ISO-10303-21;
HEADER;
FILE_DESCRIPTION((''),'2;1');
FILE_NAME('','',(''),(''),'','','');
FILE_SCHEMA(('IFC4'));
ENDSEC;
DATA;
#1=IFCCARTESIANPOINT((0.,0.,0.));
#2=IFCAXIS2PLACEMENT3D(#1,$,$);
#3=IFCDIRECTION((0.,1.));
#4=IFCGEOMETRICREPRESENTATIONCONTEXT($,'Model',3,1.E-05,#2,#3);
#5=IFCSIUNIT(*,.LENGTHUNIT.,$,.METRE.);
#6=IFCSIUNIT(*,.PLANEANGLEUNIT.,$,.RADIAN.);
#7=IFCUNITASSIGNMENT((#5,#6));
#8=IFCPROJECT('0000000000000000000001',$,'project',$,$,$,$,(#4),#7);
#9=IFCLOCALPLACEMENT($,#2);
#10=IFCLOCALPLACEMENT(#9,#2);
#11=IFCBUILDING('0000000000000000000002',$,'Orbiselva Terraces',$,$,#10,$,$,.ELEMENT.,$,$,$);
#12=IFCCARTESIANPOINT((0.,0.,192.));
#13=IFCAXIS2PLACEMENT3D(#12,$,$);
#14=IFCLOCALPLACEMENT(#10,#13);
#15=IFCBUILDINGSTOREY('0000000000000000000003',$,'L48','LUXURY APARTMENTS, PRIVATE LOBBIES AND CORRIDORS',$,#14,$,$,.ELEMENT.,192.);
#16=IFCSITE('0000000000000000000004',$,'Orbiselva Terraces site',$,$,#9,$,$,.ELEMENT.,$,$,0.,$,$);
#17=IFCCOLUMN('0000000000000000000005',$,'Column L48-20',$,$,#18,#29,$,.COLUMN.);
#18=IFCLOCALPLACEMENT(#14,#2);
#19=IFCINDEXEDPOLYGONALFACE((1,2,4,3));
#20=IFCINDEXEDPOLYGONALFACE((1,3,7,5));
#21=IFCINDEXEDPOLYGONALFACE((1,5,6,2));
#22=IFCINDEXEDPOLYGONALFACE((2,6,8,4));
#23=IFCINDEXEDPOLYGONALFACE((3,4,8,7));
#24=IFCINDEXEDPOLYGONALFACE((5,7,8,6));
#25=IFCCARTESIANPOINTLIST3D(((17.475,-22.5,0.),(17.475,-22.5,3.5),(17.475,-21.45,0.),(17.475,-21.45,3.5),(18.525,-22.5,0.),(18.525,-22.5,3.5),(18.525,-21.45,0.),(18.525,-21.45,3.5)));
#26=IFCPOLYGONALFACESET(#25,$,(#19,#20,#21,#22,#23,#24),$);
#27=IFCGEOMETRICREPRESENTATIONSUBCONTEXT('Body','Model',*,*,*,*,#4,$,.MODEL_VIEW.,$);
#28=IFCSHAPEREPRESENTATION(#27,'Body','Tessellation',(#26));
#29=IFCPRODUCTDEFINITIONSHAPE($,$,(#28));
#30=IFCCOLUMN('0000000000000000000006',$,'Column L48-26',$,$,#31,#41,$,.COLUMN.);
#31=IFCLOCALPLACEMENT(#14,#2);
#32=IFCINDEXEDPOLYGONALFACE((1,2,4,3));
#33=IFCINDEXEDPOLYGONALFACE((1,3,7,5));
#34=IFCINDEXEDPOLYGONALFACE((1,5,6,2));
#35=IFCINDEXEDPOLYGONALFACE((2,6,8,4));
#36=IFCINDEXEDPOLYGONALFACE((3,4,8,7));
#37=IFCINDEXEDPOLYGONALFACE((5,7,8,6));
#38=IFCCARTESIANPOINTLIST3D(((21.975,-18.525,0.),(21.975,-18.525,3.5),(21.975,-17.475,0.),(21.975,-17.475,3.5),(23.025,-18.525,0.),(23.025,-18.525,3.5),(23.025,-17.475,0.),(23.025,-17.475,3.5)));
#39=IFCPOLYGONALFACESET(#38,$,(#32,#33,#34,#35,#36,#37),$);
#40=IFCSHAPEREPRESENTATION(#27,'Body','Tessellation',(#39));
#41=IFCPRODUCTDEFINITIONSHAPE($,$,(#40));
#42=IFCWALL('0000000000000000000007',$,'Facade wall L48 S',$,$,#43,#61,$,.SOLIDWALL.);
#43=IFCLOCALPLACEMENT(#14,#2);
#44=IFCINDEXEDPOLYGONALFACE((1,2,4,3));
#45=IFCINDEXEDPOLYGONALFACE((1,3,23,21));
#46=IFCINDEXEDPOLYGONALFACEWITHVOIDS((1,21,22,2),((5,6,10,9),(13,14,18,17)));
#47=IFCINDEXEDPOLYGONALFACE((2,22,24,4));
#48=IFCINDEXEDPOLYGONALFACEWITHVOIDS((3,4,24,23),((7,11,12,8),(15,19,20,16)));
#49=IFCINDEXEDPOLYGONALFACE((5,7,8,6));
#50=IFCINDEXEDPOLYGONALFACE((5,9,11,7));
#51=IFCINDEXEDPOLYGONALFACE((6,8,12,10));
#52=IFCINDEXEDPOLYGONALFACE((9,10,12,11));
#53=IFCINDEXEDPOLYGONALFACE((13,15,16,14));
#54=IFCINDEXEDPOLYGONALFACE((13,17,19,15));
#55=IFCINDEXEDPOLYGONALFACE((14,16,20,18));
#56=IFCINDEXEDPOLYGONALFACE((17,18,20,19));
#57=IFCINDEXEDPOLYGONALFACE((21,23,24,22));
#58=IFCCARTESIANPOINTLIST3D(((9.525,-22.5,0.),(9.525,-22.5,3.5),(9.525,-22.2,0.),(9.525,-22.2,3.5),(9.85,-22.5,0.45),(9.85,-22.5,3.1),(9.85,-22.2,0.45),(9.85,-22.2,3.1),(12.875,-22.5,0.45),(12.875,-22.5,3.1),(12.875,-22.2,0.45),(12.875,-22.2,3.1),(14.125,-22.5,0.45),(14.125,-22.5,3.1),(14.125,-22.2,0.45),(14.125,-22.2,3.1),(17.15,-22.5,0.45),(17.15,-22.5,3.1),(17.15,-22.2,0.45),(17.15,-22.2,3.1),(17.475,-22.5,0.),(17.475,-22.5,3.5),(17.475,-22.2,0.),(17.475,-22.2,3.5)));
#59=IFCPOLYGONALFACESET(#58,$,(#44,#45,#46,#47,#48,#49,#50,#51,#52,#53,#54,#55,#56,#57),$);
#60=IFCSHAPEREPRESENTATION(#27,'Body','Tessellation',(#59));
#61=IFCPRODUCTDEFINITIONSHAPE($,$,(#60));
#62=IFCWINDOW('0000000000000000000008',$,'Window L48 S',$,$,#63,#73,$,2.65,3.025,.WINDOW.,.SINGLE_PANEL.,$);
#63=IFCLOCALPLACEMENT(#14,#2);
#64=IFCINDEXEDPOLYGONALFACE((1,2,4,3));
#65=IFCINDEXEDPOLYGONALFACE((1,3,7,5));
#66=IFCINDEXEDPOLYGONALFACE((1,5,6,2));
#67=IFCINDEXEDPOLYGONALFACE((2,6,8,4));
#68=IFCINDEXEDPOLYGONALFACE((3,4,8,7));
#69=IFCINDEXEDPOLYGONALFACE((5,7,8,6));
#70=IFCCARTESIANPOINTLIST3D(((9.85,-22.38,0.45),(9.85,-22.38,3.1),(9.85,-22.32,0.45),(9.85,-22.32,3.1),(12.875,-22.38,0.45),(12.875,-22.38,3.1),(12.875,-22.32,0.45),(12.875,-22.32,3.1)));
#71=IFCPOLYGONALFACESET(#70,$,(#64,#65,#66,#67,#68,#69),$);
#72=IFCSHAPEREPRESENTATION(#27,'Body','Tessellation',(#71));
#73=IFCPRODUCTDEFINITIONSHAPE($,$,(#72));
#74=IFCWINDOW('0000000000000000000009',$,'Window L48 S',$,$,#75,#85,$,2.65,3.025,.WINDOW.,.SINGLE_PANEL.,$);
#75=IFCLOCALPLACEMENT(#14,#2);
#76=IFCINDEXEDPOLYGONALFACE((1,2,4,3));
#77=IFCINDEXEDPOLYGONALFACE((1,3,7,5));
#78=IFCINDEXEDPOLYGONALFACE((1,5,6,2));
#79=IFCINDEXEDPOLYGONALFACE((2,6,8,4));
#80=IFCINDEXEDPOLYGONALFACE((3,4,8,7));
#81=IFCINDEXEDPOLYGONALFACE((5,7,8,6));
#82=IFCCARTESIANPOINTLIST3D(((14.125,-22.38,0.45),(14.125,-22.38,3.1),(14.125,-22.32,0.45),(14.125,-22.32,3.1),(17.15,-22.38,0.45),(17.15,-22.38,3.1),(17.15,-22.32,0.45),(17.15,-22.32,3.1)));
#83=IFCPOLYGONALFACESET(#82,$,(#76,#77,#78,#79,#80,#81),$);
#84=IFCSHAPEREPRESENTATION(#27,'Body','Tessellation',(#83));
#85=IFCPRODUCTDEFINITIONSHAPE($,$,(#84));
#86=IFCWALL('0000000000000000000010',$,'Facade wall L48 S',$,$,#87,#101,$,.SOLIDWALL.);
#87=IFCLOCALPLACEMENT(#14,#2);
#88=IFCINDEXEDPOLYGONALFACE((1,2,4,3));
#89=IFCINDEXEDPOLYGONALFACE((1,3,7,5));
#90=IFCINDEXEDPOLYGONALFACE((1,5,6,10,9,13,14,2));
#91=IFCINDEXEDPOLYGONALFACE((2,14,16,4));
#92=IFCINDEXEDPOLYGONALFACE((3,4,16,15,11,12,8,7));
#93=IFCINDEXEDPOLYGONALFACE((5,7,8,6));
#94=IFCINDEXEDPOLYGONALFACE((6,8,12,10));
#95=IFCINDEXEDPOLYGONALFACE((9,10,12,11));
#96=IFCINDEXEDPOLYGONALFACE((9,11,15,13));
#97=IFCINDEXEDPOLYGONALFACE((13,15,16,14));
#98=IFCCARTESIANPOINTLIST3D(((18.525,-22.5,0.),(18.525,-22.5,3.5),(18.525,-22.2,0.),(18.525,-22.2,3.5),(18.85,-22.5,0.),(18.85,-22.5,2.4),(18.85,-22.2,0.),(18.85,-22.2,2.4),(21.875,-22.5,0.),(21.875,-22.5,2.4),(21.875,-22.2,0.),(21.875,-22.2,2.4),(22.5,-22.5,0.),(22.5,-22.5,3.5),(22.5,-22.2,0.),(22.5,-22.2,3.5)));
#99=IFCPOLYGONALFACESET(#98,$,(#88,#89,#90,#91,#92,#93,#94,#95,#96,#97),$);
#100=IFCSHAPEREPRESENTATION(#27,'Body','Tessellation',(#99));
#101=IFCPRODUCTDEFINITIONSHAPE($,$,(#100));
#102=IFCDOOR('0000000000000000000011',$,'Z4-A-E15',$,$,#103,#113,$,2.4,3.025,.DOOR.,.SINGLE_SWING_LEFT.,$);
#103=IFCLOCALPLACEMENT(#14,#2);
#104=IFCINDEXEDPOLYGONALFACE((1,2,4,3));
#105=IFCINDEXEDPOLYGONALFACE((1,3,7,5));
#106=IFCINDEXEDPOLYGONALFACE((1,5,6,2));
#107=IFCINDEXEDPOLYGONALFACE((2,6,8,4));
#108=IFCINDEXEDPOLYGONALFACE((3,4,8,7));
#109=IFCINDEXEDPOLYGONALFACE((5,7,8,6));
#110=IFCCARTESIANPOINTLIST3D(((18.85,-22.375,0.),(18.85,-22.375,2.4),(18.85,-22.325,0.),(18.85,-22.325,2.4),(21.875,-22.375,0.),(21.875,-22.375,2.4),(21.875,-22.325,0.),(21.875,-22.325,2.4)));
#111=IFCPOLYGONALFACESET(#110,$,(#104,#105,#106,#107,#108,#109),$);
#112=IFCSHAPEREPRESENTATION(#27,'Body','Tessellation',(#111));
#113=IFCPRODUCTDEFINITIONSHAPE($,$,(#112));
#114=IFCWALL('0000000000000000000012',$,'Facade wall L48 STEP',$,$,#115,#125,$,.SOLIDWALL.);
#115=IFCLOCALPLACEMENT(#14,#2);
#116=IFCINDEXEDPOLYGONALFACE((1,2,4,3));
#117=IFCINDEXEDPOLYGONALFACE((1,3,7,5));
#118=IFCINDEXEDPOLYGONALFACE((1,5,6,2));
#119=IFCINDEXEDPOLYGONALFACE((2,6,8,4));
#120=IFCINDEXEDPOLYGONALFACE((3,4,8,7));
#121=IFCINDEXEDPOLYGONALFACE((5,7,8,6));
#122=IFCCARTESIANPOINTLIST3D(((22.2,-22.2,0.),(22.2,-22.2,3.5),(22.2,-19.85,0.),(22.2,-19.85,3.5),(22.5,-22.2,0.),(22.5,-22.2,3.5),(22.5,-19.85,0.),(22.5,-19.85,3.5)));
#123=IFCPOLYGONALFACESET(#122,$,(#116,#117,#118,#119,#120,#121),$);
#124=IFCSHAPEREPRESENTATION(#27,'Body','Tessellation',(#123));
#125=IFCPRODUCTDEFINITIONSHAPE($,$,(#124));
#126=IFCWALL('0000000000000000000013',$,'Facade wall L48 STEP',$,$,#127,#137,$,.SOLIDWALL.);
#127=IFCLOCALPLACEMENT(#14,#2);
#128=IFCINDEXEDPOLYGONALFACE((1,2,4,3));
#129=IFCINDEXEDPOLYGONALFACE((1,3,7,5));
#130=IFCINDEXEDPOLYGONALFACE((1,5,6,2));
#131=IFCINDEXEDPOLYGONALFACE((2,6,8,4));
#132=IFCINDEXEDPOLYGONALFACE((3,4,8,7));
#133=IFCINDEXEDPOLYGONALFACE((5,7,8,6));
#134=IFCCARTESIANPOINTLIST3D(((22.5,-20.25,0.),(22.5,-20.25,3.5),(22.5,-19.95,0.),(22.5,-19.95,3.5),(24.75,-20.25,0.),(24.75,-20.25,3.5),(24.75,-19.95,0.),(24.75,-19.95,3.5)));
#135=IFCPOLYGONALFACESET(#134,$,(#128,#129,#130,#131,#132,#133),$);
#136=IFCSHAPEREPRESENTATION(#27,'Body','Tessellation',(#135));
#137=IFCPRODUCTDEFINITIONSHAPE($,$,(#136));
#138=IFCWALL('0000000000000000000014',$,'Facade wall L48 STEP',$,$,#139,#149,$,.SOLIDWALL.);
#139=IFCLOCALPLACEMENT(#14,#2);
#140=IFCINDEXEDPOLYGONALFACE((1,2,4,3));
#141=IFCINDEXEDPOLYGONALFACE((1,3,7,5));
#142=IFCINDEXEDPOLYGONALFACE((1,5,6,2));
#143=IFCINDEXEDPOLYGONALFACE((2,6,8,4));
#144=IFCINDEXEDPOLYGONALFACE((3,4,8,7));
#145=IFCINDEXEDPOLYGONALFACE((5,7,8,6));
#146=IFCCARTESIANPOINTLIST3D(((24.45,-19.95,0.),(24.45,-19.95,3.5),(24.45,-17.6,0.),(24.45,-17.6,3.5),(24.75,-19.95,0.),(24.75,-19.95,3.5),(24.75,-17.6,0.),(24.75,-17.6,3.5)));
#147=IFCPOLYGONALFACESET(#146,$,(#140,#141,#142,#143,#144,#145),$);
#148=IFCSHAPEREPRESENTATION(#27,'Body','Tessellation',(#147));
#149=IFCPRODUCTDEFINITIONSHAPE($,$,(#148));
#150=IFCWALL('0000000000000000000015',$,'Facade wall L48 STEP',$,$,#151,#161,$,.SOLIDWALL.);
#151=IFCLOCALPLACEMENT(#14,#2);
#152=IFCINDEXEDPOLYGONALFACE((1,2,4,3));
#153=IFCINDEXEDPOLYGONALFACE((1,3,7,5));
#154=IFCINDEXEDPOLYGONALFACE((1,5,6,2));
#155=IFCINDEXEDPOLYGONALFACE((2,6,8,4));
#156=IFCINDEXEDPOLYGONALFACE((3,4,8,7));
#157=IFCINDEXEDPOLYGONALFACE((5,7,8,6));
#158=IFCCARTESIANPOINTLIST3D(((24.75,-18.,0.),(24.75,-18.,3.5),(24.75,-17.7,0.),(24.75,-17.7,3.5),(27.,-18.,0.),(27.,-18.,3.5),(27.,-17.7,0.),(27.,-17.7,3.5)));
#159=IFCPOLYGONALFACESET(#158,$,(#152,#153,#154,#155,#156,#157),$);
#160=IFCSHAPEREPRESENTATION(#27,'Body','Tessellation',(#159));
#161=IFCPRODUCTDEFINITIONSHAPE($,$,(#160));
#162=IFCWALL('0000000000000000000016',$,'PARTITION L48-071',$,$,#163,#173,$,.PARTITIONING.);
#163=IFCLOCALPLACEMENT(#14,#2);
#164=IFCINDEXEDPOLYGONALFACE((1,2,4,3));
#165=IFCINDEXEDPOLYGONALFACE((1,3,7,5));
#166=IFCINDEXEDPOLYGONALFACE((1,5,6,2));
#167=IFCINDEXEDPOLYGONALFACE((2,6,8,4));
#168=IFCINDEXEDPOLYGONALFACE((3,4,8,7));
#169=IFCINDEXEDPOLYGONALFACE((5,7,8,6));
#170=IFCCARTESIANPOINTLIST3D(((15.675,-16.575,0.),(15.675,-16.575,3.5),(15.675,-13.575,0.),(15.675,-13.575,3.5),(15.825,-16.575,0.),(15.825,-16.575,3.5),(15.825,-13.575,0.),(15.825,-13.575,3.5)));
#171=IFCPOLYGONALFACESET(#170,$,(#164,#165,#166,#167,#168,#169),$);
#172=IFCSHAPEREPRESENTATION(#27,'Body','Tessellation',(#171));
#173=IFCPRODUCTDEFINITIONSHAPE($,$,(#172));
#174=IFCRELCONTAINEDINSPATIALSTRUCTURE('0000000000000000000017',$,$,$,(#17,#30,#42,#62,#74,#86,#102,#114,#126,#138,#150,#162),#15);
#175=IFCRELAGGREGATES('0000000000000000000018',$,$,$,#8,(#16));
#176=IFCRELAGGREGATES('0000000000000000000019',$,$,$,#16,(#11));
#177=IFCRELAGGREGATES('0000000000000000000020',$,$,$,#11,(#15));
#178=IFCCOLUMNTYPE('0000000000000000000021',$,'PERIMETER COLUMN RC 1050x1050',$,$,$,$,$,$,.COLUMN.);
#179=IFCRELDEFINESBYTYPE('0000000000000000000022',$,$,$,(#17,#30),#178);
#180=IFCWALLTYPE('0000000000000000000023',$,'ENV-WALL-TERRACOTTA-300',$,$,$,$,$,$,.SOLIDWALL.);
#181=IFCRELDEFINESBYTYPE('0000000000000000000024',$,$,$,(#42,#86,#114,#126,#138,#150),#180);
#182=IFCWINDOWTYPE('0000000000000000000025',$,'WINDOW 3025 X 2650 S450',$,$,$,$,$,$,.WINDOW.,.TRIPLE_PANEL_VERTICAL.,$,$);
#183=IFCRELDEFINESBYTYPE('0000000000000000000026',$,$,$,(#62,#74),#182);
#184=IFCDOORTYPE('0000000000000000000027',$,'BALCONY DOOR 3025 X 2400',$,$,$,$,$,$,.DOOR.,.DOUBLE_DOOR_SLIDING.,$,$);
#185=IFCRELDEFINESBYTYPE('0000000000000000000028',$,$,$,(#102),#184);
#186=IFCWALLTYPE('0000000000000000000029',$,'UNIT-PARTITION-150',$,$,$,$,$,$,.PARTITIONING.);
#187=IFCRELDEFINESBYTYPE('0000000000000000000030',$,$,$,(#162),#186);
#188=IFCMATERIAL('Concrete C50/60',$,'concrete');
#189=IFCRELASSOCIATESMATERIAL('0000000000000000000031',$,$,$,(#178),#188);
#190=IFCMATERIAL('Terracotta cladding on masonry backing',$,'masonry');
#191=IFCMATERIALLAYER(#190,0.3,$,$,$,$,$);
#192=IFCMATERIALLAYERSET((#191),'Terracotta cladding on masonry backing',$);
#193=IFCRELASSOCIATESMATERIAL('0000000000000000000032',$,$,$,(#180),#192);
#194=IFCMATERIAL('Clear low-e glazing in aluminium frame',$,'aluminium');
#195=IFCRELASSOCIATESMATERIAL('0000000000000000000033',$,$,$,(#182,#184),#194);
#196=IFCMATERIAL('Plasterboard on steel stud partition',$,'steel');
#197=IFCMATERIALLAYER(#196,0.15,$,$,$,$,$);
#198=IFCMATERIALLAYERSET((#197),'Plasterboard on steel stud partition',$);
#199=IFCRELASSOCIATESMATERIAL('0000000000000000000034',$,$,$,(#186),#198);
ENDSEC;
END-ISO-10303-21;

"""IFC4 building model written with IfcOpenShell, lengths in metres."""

from ifc_helpers import new_model, si_unit, direction, frame, frame_2d, origin, origin_2d, place, context, subcontext, project, spatial, rectangle, extrude, material, layer, layer_set, material_profile, profile_set, type_object, element, fill, save


model = new_model("IFC4")

# Units and contexts
model_context = context("Model", 3, precision=1e-05, world=origin(), true_north=direction((0.0, 1.0)))
body_context = subcontext(model_context, "Body", "Model", "MODEL_VIEW")
ifc_project = project(units=[si_unit("LENGTHUNIT", "METRE"), si_unit("PLANEANGLEUNIT", "RADIAN")], contexts=[model_context])

# Site, building, storey
site_placement = place(None, origin())
site = spatial("IfcSite", under=ifc_project, at=site_placement, Name="Orbiselva Terraces site", CompositionType="ELEMENT", RefElevation=0.0)
building_placement = place(site_placement, origin())
building = spatial("IfcBuilding", under=site, at=building_placement, Name="Orbiselva Terraces", CompositionType="ELEMENT")
storey_placement = place(building_placement, frame((0.0, 0.0, 192.0)))
storey = spatial("IfcBuildingStorey", under=building, at=storey_placement, Name="L48", Description="LUXURY APARTMENTS, PRIVATE LOBBIES AND CORRIDORS", CompositionType="ELEMENT", Elevation=192.0)

# Columns
ifc_material_1 = material(Name="Concrete C50/60", Category="concrete")
ifc_material_profile = material_profile(ifc_material_1, rectangle(XDim=1.05, YDim=1.05, at=origin_2d()), Name="RC 1050x1050")
ifc_profile_set = profile_set([ifc_material_profile], Name="Concrete C50/60")
column_type = type_object("IfcColumnType", Name="PERIMETER COLUMN RC 1050x1050", PredefinedType="COLUMN", material=ifc_profile_set)
for number, where, z_axis, x_axis, name in (
    (1, (18.0, -21.975, 0.0), (0.0, 0.0, 1.0), (1.0, 0.0, 0.0), "Column L48-20"),
    (2, (22.5, -18.0, 0.0), (0.0, 0.0, 1.0), (1.0, 0.0, 0.0), "Column L48-26"),
):
    element("IfcColumn", number, at=place(storey_placement, frame(where, z_axis=z_axis, x_axis=x_axis)), inside=storey, type_object=column_type, Name=name, PredefinedType="COLUMN", context=body_context, shape_type="SweptSolid", body=[
        extrude(rectangle(XDim=1.05, YDim=1.05, at=origin_2d()), origin(), (0.0, 0.0, 1.0), 3.5),
    ])

# Wall, openings, windows
ifc_material_2 = material(Name="Terracotta cladding on masonry backing", Category="masonry")
ifc_layer_1 = layer(ifc_material_2, 0.3)
ifc_layer_set_1 = layer_set([ifc_layer_1], Name="Terracotta cladding on masonry backing")
wall_type_1 = type_object("IfcWallType", Name="ENV-WALL-TERRACOTTA-300", PredefinedType="SOLIDWALL", material=ifc_layer_set_1)
wall_1_placement = place(storey_placement, frame((17.475, -22.35, 0.0), z_axis=(0.0, 0.0, 1.0), x_axis=(-1.0, 0.0, 0.0)))
wall_1 = element("IfcWall", 3, at=wall_1_placement, inside=storey, type_object=wall_type_1, Name="Facade wall L48 S", PredefinedType="SOLIDWALL", context=body_context, shape_type="SweptSolid", body=[
    extrude(rectangle(XDim=7.95, YDim=0.3, at=frame_2d((3.975, 0.0))), origin(), (0.0, 0.0, 1.0), 3.5),
])
opening_1_placement = place(wall_1_placement, frame((4.6, 0.0, 0.45)))
opening_1 = element("IfcOpeningElement", 4, at=opening_1_placement, cuts=wall_1, PredefinedType="OPENING", context=body_context, shape_type="SweptSolid", body=[
    extrude(rectangle(XDim=3.025, YDim=2.65, at=frame_2d((1.5125, 1.325))), frame((0.0, 0.16, 0.0), z_axis=(0.0, -1.0, 0.0), x_axis=(1.0, 0.0, 0.0)), (0.0, 0.0, 1.0), 0.32),
])
opening_2_placement = place(wall_1_placement, frame((0.325, 0.0, 0.45)))
opening_2 = element("IfcOpeningElement", 5, at=opening_2_placement, cuts=wall_1, PredefinedType="OPENING", context=body_context, shape_type="SweptSolid", body=[
    extrude(rectangle(XDim=3.025, YDim=2.65, at=frame_2d((1.5125, 1.325))), frame((0.0, 0.16, 0.0), z_axis=(0.0, -1.0, 0.0), x_axis=(1.0, 0.0, 0.0)), (0.0, 0.0, 1.0), 0.32),
])
ifc_material_3 = material(Name="Clear low-e glazing in aluminium frame", Category="aluminium")
window_type = type_object("IfcWindowType", Name="WINDOW 3025 X 2650 S450", PartitioningType="TRIPLE_PANEL_VERTICAL", PredefinedType="WINDOW", material=ifc_material_3)
window_1_placement = place(opening_1_placement, origin())
window_1 = element("IfcWindow", 6, at=window_1_placement, inside=storey, type_object=window_type, Name="Window L48 S", OverallHeight=2.65, OverallWidth=3.025, PartitioningType="SINGLE_PANEL", PredefinedType="WINDOW", context=body_context, shape_type="SweptSolid", body=[
    extrude(rectangle(XDim=3.025, YDim=2.65, at=frame_2d((1.5125, 1.325))), frame((0.0, 0.03, 0.0), z_axis=(0.0, -1.0, 0.0), x_axis=(1.0, 0.0, 0.0)), (0.0, 0.0, 1.0), 0.06),
])
fill(opening_1, window_1)
window_2_placement = place(opening_2_placement, origin())
window_2 = element("IfcWindow", 7, at=window_2_placement, inside=storey, type_object=window_type, Name="Window L48 S", OverallHeight=2.65, OverallWidth=3.025, PartitioningType="SINGLE_PANEL", PredefinedType="WINDOW", context=body_context, shape_type="SweptSolid", body=[
    extrude(rectangle(XDim=3.025, YDim=2.65, at=frame_2d((1.5125, 1.325))), frame((0.0, 0.03, 0.0), z_axis=(0.0, -1.0, 0.0), x_axis=(1.0, 0.0, 0.0)), (0.0, 0.0, 1.0), 0.06),
])
fill(opening_2, window_2)

# Wall, opening, door
wall_2_placement = place(storey_placement, frame((22.5, -22.35, 0.0), z_axis=(0.0, 0.0, 1.0), x_axis=(-1.0, 0.0, 0.0)))
wall_2 = element("IfcWall", 8, at=wall_2_placement, inside=storey, type_object=wall_type_1, Name="Facade wall L48 S", PredefinedType="SOLIDWALL", context=body_context, shape_type="SweptSolid", body=[
    extrude(rectangle(XDim=3.975, YDim=0.3, at=frame_2d((1.9875, 0.0))), origin(), (0.0, 0.0, 1.0), 3.5),
])
opening_3_placement = place(wall_2_placement, frame((0.625, 0.0, 0.0)))
opening_3 = element("IfcOpeningElement", 9, at=opening_3_placement, cuts=wall_2, PredefinedType="OPENING", context=body_context, shape_type="SweptSolid", body=[
    extrude(rectangle(XDim=3.025, YDim=2.4, at=frame_2d((1.5125, 1.2))), frame((0.0, 0.16, 0.0), z_axis=(0.0, -1.0, 0.0), x_axis=(1.0, 0.0, 0.0)), (0.0, 0.0, 1.0), 0.32),
])
door_type = type_object("IfcDoorType", Name="BALCONY DOOR 3025 X 2400", OperationType="DOUBLE_DOOR_SLIDING", PredefinedType="DOOR", material=ifc_material_3)
door_placement = place(opening_3_placement, origin())
door = element("IfcDoor", 10, at=door_placement, inside=storey, type_object=door_type, Name="Z4-A-E15", OperationType="SINGLE_SWING_LEFT", OverallHeight=2.4, OverallWidth=3.025, PredefinedType="DOOR", context=body_context, shape_type="SweptSolid", body=[
    extrude(rectangle(XDim=3.025, YDim=2.4, at=frame_2d((1.5125, 1.2))), frame((0.0, 0.025, 0.0), z_axis=(0.0, -1.0, 0.0), x_axis=(1.0, 0.0, 0.0)), (0.0, 0.0, 1.0), 0.05),
])
fill(opening_3, door)

# Walls
wall_3_placement = place(storey_placement, frame((22.35, -19.85, 0.0), z_axis=(0.0, 0.0, 1.0), x_axis=(0.0, -1.0, 0.0)))
element("IfcWall", 11, at=wall_3_placement, inside=storey, type_object=wall_type_1, Name="Facade wall L48 STEP", PredefinedType="SOLIDWALL", context=body_context, shape_type="SweptSolid", body=[
    extrude(rectangle(XDim=2.35, YDim=0.3, at=frame_2d((1.175, 0.0))), origin(), (0.0, 0.0, 1.0), 3.5),
])
wall_4_placement = place(storey_placement, frame((24.75, -20.1, 0.0), z_axis=(0.0, 0.0, 1.0), x_axis=(-1.0, 0.0, 0.0)))
element("IfcWall", 12, at=wall_4_placement, inside=storey, type_object=wall_type_1, Name="Facade wall L48 STEP", PredefinedType="SOLIDWALL", context=body_context, shape_type="SweptSolid", body=[
    extrude(rectangle(XDim=2.25, YDim=0.3, at=frame_2d((1.125, 0.0))), origin(), (0.0, 0.0, 1.0), 3.5),
])
wall_5_placement = place(storey_placement, frame((24.6, -17.6, 0.0), z_axis=(0.0, 0.0, 1.0), x_axis=(0.0, -1.0, 0.0)))
element("IfcWall", 13, at=wall_5_placement, inside=storey, type_object=wall_type_1, Name="Facade wall L48 STEP", PredefinedType="SOLIDWALL", context=body_context, shape_type="SweptSolid", body=[
    extrude(rectangle(XDim=2.35, YDim=0.3, at=frame_2d((1.175, 0.0))), origin(), (0.0, 0.0, 1.0), 3.5),
])
wall_6_placement = place(storey_placement, frame((27.0, -17.85, 0.0), z_axis=(0.0, 0.0, 1.0), x_axis=(-1.0, 0.0, 0.0)))
element("IfcWall", 14, at=wall_6_placement, inside=storey, type_object=wall_type_1, Name="Facade wall L48 STEP", PredefinedType="SOLIDWALL", context=body_context, shape_type="SweptSolid", body=[
    extrude(rectangle(XDim=2.25, YDim=0.3, at=frame_2d((1.125, 0.0))), origin(), (0.0, 0.0, 1.0), 3.5),
])
ifc_material_4 = material(Name="Plasterboard on steel stud partition", Category="steel")
ifc_layer_2 = layer(ifc_material_4, 0.15)
ifc_layer_set_2 = layer_set([ifc_layer_2], Name="Plasterboard on steel stud partition")
wall_type_2 = type_object("IfcWallType", Name="UNIT-PARTITION-150", PredefinedType="PARTITIONING", material=ifc_layer_set_2)
wall_7_placement = place(storey_placement, frame((15.75, -16.575, 0.0), z_axis=(0.0, 0.0, 1.0), x_axis=(0.0, 1.0, 0.0)))
element("IfcWall", 15, at=wall_7_placement, inside=storey, type_object=wall_type_2, Name="PARTITION L48-071", PredefinedType="PARTITIONING", context=body_context, shape_type="SweptSolid", body=[
    extrude(rectangle(XDim=3.0, YDim=0.15, at=frame_2d((1.5, 0.0))), origin(), (0.0, 0.0, 1.0), 3.5),
])

save(model, "model.ifc")
